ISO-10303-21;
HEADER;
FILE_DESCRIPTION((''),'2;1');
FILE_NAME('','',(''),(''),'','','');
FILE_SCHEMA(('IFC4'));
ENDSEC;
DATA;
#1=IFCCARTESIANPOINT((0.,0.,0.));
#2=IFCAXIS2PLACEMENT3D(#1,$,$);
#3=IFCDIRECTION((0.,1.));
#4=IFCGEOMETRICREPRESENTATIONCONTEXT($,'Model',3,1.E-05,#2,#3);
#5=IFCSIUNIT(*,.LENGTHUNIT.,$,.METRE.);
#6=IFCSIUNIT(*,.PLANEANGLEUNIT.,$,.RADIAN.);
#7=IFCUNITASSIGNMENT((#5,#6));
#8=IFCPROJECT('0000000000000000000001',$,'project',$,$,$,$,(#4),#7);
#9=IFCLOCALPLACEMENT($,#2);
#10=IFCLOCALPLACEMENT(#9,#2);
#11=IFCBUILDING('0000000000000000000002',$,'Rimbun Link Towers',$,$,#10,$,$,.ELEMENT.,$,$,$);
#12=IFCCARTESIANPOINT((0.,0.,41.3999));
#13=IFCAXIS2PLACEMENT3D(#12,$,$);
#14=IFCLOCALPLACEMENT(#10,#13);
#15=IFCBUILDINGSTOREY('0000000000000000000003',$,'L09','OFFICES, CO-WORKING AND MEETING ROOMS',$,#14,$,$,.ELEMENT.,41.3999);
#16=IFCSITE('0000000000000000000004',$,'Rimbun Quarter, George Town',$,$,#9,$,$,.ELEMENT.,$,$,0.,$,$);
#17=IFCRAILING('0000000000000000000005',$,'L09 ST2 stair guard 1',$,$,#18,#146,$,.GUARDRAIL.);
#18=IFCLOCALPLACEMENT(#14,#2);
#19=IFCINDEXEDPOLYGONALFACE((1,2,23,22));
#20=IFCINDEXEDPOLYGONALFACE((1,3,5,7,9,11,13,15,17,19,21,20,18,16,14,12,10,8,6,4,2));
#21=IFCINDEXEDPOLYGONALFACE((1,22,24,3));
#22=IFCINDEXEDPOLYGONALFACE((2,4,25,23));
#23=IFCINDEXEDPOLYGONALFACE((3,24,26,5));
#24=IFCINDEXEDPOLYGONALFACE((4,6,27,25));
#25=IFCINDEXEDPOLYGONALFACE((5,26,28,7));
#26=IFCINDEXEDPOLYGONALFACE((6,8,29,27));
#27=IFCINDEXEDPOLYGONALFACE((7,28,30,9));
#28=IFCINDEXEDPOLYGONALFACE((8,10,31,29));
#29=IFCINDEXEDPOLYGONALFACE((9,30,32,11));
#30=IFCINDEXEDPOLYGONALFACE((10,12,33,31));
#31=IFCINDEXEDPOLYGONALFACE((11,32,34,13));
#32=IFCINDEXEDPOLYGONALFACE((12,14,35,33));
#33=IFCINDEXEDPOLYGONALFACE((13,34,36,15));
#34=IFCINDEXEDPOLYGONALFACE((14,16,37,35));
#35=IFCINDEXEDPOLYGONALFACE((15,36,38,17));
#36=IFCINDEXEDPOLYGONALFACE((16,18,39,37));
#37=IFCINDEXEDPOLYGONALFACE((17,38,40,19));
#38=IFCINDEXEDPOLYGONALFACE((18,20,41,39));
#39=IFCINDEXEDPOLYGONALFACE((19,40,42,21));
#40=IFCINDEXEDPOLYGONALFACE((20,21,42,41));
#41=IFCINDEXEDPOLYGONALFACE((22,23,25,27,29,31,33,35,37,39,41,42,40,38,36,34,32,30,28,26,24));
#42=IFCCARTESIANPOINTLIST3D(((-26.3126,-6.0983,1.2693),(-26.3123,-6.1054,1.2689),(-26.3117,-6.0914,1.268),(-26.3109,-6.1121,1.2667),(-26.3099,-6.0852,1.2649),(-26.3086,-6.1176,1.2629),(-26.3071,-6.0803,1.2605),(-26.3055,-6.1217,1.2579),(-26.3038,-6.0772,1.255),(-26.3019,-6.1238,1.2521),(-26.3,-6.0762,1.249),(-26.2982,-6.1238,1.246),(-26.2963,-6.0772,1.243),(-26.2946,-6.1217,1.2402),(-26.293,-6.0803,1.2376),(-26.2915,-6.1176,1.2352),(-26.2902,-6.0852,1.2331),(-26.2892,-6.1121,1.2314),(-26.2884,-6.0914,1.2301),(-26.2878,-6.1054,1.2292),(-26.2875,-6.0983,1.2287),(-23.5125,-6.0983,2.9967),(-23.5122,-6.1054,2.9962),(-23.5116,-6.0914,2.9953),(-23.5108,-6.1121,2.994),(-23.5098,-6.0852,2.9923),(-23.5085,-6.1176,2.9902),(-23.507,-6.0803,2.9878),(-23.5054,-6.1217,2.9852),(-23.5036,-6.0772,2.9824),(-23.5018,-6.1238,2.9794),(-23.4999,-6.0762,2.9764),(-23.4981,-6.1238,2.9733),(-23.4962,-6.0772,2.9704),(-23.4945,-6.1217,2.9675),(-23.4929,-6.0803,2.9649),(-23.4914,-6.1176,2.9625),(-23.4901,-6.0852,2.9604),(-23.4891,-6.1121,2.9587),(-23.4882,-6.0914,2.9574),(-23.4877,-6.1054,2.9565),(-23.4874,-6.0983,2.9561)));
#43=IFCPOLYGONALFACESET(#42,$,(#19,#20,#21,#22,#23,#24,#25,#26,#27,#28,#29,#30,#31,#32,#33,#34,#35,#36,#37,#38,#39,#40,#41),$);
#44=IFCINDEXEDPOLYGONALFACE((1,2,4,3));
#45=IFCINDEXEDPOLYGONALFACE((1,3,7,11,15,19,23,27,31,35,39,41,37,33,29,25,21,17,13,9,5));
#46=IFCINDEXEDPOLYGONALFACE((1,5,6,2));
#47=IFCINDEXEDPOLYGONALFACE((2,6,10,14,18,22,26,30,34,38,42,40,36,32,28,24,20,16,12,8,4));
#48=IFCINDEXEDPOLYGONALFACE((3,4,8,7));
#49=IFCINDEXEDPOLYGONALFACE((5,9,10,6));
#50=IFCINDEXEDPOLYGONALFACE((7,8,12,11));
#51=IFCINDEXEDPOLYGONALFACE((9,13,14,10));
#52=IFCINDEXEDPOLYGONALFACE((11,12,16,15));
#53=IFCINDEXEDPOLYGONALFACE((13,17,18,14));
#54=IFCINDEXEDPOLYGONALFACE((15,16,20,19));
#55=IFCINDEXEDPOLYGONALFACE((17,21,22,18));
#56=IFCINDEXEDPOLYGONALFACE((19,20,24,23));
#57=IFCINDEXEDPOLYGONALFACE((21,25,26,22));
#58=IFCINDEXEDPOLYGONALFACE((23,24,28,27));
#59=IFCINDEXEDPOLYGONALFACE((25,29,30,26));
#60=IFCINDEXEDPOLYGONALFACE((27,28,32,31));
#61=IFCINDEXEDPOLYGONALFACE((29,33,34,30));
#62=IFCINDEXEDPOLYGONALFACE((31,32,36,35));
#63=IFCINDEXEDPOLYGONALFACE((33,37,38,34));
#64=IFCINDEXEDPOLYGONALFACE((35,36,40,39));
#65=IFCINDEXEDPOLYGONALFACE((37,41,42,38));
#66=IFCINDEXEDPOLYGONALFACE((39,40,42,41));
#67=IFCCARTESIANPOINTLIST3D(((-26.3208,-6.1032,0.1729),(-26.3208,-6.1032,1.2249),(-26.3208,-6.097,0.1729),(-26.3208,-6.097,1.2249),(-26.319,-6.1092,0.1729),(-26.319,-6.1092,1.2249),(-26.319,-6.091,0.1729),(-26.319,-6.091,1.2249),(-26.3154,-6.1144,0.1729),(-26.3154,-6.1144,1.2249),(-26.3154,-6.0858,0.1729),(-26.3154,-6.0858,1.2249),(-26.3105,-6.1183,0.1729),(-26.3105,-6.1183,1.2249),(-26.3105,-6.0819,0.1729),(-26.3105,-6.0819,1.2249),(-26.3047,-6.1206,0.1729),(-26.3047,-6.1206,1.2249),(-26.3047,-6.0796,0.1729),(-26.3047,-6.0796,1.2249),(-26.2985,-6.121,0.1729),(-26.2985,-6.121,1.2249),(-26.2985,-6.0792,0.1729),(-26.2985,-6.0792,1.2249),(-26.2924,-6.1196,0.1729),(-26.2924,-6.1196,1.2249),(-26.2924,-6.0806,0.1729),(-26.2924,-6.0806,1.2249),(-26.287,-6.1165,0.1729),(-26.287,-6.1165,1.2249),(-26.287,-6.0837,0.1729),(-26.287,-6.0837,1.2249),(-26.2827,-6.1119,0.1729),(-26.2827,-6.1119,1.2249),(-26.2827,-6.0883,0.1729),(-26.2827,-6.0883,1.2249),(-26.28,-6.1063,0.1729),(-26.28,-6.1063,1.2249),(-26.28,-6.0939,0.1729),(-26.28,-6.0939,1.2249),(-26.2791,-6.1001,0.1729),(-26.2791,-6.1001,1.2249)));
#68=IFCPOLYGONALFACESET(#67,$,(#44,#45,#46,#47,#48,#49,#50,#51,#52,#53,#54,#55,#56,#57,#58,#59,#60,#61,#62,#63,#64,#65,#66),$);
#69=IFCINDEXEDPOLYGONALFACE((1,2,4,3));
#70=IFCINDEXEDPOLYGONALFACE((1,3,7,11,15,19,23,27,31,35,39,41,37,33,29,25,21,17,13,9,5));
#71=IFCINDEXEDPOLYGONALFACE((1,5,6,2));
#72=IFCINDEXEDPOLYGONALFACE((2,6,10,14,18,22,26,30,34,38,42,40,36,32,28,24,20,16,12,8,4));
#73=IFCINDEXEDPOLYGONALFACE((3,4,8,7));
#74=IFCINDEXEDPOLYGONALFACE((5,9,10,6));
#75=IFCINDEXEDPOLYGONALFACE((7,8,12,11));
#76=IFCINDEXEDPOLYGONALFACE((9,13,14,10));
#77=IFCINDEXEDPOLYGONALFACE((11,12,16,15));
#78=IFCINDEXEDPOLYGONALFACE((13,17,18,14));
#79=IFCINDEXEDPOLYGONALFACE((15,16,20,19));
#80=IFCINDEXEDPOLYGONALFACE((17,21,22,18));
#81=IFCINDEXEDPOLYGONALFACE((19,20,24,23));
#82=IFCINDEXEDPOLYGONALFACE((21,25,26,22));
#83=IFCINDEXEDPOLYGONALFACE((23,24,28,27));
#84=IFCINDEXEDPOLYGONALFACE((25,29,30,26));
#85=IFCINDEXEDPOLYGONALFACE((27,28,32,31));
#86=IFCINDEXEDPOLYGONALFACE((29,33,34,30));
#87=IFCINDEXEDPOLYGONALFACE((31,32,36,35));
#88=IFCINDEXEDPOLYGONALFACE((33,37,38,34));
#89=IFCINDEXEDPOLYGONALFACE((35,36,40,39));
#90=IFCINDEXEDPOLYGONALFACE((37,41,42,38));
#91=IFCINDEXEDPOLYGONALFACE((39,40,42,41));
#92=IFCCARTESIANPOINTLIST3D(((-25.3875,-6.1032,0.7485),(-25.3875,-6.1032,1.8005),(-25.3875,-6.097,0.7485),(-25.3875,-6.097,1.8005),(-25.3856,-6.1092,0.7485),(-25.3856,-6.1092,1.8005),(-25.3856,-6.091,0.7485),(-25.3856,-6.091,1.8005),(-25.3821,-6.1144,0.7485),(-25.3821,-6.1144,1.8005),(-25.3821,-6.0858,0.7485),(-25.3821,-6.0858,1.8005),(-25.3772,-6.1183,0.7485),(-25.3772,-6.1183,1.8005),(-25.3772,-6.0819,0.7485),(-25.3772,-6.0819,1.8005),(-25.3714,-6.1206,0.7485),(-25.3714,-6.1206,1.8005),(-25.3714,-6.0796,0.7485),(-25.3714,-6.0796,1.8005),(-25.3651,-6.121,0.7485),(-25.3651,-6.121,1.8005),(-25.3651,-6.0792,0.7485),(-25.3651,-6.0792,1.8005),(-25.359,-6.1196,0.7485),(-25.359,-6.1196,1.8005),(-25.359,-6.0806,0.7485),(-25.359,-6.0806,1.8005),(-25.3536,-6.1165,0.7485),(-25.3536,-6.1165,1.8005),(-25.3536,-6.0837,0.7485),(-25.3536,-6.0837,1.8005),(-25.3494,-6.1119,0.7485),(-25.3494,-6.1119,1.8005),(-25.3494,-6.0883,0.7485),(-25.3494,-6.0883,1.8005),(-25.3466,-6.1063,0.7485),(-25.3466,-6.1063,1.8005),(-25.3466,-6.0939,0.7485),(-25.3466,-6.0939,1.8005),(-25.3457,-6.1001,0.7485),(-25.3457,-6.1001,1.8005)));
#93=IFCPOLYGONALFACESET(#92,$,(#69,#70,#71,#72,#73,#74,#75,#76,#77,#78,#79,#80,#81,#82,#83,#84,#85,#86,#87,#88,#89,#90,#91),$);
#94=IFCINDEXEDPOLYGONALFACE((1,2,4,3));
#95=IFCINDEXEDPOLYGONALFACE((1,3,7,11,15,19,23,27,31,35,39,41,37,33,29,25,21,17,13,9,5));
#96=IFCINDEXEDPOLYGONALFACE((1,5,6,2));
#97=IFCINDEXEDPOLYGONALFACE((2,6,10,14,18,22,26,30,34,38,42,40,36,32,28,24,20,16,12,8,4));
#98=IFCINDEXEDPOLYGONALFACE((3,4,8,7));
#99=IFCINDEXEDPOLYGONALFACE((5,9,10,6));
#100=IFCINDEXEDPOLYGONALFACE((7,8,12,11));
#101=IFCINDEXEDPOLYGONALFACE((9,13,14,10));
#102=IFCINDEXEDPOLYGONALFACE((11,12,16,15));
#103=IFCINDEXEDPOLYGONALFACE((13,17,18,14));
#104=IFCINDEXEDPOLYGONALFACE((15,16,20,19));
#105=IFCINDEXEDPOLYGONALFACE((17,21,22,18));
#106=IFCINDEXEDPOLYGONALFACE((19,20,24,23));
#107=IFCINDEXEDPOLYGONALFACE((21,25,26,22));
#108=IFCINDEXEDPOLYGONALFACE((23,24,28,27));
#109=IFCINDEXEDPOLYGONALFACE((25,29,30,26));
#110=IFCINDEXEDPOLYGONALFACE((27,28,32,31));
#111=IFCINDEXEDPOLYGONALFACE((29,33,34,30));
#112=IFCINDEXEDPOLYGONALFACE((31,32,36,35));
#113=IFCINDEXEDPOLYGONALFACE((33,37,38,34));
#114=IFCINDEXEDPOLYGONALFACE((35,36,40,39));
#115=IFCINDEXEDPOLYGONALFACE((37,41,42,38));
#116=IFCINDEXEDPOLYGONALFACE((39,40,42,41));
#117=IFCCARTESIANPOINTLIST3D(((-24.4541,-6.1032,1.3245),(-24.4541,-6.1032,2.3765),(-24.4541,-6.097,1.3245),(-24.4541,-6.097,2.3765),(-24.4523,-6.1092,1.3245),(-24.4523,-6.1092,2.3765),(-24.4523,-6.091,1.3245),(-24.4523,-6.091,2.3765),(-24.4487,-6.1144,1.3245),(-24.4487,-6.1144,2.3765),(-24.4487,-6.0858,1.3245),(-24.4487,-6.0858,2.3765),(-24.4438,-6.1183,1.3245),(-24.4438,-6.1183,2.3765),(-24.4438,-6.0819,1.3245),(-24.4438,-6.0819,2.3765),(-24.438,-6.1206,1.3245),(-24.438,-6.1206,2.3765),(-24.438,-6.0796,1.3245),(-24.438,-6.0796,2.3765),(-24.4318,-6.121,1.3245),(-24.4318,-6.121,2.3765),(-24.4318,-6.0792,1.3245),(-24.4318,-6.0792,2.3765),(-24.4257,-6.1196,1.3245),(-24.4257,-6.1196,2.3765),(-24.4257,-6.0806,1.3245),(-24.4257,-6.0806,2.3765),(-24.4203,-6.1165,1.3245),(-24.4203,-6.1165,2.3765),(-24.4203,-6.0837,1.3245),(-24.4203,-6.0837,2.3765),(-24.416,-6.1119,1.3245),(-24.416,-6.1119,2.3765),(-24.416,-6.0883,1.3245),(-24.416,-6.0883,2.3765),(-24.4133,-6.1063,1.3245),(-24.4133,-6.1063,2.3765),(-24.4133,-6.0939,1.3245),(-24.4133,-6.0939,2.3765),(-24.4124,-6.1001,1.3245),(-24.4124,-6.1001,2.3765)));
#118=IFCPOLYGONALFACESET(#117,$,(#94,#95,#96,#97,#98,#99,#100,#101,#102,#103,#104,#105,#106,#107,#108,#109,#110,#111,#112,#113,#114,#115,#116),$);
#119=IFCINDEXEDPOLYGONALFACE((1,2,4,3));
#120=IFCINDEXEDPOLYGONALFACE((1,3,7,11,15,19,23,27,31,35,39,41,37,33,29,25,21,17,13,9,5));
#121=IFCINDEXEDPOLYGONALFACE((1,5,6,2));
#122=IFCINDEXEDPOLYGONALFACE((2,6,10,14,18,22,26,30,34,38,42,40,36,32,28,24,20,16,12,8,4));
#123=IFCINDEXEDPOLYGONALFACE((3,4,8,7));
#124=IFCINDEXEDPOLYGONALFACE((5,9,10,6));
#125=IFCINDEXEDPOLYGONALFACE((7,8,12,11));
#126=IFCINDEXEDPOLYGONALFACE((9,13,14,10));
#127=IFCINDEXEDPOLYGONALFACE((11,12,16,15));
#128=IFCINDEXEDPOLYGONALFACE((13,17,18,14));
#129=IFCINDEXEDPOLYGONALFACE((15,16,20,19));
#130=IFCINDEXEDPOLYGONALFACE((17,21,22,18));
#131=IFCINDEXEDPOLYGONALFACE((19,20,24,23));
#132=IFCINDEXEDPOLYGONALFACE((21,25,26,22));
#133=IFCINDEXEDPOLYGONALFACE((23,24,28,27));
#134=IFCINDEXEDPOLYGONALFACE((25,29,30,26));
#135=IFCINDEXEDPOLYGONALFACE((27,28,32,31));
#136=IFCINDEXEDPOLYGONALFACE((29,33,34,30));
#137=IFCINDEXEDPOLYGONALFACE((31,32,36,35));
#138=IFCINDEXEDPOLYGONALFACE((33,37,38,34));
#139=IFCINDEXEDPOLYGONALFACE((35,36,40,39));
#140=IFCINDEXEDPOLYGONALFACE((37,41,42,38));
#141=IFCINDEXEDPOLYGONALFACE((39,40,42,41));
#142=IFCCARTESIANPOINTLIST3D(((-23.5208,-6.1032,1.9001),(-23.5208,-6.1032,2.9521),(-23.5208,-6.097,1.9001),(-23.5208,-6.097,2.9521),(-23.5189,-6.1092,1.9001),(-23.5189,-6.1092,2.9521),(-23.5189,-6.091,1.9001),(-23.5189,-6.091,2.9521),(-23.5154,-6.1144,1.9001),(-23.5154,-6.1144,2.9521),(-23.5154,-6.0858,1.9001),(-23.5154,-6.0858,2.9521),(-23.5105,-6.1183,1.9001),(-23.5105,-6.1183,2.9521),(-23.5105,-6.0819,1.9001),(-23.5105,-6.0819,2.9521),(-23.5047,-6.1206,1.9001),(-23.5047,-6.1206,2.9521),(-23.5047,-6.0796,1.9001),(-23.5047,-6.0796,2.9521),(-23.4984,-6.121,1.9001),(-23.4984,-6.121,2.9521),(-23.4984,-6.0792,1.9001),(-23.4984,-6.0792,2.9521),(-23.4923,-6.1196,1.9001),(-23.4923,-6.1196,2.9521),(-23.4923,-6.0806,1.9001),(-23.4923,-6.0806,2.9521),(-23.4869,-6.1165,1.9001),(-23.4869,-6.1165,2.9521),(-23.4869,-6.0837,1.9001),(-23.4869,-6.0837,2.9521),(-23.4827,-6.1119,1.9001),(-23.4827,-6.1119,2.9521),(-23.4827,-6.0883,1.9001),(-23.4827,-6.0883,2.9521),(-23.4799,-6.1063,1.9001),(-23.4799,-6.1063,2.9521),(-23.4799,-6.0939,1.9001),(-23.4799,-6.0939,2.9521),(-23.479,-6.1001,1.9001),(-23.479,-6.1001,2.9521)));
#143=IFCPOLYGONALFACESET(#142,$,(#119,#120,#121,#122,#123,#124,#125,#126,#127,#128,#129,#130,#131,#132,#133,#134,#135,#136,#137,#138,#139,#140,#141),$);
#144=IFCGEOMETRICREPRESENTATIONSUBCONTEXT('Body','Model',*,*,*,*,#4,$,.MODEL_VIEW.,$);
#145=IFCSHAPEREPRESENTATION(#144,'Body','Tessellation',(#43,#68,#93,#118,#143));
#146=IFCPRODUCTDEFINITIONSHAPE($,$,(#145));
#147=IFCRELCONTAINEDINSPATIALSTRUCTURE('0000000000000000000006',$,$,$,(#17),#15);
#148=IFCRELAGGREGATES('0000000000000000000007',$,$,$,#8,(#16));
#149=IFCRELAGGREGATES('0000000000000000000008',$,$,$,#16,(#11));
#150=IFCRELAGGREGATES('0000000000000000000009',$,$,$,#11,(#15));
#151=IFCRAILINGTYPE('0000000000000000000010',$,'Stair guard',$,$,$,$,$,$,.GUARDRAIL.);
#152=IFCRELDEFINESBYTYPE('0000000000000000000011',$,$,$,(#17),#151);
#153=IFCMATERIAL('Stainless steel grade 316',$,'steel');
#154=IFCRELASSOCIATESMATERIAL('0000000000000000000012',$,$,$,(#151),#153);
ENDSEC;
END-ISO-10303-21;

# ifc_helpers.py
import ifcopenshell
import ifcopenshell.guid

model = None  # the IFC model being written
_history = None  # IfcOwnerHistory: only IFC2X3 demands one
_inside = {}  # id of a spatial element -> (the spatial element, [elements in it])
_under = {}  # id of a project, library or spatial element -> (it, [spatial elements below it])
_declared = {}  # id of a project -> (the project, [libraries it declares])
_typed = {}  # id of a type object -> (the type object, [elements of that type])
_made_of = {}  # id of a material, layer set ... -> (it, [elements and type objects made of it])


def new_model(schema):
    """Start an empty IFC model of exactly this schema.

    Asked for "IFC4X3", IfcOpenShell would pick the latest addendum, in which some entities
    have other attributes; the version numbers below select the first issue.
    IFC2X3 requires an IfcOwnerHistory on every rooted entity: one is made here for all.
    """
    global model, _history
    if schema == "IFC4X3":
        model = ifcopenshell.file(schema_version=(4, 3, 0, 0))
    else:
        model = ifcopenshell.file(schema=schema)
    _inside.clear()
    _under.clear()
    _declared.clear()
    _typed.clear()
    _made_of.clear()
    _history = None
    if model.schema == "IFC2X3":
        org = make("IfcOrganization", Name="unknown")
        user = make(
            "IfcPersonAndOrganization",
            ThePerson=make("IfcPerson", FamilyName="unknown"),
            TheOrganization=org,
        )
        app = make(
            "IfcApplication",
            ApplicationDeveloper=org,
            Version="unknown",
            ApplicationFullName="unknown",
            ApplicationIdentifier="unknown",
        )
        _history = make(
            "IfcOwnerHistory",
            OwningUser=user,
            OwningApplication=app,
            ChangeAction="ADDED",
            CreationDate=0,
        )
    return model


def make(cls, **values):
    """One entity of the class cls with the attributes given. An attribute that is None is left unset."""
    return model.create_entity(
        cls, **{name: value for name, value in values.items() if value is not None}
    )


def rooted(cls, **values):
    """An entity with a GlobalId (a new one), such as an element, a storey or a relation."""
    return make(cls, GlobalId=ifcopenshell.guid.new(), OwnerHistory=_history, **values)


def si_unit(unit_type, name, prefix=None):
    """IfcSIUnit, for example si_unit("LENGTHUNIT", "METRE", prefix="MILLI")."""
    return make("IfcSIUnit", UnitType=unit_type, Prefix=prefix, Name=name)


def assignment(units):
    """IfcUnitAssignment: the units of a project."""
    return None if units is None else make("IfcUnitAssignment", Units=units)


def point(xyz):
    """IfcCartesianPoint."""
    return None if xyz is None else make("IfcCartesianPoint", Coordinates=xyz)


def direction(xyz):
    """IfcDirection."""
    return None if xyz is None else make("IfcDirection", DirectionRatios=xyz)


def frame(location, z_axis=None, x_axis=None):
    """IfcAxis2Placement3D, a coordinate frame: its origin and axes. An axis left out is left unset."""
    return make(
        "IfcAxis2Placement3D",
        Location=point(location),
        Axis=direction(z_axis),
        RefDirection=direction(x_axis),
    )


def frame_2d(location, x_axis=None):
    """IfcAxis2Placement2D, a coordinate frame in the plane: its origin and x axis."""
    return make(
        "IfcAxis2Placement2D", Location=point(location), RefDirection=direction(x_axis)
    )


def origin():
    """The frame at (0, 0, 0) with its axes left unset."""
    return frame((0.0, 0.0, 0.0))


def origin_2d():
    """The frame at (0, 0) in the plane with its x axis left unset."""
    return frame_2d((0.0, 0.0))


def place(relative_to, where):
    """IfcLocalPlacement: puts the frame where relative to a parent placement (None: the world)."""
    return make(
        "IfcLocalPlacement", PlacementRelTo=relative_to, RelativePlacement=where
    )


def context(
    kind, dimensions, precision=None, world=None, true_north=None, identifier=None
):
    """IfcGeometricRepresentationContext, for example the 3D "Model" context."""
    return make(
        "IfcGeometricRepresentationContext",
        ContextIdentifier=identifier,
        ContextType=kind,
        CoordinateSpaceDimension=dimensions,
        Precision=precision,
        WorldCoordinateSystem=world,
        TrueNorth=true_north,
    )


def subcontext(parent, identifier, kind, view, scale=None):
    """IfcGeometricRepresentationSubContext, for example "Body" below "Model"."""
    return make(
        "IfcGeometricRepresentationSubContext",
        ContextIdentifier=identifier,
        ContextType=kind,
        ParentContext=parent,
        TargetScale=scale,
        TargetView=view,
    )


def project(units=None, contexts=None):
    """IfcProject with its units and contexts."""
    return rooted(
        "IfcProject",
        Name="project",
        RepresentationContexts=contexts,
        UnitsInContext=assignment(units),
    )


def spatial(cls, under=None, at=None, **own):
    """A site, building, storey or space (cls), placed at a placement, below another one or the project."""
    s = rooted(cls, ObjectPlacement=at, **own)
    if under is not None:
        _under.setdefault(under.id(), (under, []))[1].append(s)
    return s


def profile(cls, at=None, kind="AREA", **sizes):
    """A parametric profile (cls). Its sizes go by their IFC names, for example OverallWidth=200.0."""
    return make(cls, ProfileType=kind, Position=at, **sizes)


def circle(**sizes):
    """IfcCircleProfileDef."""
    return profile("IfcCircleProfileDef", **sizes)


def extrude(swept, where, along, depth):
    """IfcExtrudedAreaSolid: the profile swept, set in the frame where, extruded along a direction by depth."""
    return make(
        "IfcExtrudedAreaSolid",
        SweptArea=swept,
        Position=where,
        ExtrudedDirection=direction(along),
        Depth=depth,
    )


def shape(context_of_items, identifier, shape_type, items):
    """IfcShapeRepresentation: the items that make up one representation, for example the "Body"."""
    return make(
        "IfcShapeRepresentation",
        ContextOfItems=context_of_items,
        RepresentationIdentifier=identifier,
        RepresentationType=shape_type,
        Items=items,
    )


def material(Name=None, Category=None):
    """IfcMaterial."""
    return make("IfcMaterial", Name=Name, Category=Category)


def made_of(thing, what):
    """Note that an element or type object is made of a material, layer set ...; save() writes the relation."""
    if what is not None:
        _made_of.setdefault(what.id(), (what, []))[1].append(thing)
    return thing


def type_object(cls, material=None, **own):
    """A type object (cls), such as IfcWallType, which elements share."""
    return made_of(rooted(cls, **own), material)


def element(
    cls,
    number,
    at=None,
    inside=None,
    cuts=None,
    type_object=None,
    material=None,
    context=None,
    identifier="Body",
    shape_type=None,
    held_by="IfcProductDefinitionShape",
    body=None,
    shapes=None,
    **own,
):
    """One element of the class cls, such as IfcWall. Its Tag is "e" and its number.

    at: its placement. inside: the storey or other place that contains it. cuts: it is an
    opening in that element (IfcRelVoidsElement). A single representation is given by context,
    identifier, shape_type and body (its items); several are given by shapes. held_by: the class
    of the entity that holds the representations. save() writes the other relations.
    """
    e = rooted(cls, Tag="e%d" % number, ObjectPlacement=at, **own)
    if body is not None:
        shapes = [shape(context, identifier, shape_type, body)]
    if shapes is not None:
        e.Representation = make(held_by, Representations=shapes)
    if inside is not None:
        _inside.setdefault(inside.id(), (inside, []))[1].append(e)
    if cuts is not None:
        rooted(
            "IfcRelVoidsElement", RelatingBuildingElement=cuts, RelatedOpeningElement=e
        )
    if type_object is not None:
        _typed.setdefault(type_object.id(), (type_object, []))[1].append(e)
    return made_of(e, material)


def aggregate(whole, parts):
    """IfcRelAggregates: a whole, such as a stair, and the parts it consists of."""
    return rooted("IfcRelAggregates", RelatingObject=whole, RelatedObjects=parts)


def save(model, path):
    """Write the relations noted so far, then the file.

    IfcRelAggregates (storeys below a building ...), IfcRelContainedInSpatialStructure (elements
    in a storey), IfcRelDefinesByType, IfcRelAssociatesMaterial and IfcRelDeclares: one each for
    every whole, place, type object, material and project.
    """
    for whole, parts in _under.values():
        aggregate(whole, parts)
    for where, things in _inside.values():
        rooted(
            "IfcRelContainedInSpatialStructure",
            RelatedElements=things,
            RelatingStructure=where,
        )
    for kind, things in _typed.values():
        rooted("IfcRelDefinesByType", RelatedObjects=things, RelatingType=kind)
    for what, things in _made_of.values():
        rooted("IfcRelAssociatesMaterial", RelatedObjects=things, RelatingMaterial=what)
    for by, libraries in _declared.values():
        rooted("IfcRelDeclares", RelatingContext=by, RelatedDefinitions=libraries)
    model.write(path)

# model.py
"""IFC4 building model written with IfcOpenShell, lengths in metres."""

from ifc_helpers import new_model, si_unit, direction, frame, origin, origin_2d, place, context, subcontext, project, spatial, circle, extrude, material, type_object, element, save


model = new_model("IFC4")

# Units and contexts
model_context = context("Model", 3, precision=1e-05, world=origin(), true_north=direction((0.0, 1.0)))
body_context = subcontext(model_context, "Body", "Model", "MODEL_VIEW")
ifc_project = project(units=[si_unit("LENGTHUNIT", "METRE"), si_unit("PLANEANGLEUNIT", "RADIAN")], contexts=[model_context])

# Site, building, storey
site_placement = place(None, origin())
site = spatial("IfcSite", under=ifc_project, at=site_placement, Name="Rimbun Quarter, George Town", CompositionType="ELEMENT", RefElevation=0.0)
building_placement = place(site_placement, origin())
building = spatial("IfcBuilding", under=site, at=building_placement, Name="Rimbun Link Towers", CompositionType="ELEMENT")
storey_placement = place(building_placement, frame((0.0, 0.0, 41.3999)))
storey = spatial("IfcBuildingStorey", under=building, at=storey_placement, Name="L09", Description="OFFICES, CO-WORKING AND MEETING ROOMS", CompositionType="ELEMENT", Elevation=41.3999)

# Railing
ifc_material_1 = material(Name="Stainless steel grade 316", Category="steel")
railing_type_1 = type_object("IfcRailingType", Name="Stair guard", PredefinedType="GUARDRAIL", material=ifc_material_1)
railing_1_placement = place(storey_placement, frame((-26.3, -6.1001, 0.1729)))
element("IfcRailing", 1, at=railing_1_placement, inside=storey, type_object=railing_type_1, Name="L09 ST2 stair guard 1", PredefinedType="GUARDRAIL", context=body_context, shape_type="SweptSolid", body=[
    extrude(circle(Radius=0.0239, at=origin_2d()), frame((0.0, 0.0, 1.0762), z_axis=(0.85109, 0.0, 0.52502), x_axis=(0.0, 1.0, 0.0)), (0.0, 0.0, 1.0), 3.29),
    extrude(circle(Radius=0.021, at=origin_2d()), origin(), (0.0, 0.0, 1.0), 1.052),
    extrude(circle(Radius=0.021, at=origin_2d()), frame((0.9333, 0.0, 0.5757)), (0.0, 0.0, 1.0), 1.052),
    extrude(circle(Radius=0.021, at=origin_2d()), frame((1.8667, 0.0, 1.1516)), (0.0, 0.0, 1.0), 1.052),
    extrude(circle(Radius=0.021, at=origin_2d()), frame((2.8, 0.0, 1.7273)), (0.0, 0.0, 1.0), 1.052),
])

save(model, "model.ifc")
